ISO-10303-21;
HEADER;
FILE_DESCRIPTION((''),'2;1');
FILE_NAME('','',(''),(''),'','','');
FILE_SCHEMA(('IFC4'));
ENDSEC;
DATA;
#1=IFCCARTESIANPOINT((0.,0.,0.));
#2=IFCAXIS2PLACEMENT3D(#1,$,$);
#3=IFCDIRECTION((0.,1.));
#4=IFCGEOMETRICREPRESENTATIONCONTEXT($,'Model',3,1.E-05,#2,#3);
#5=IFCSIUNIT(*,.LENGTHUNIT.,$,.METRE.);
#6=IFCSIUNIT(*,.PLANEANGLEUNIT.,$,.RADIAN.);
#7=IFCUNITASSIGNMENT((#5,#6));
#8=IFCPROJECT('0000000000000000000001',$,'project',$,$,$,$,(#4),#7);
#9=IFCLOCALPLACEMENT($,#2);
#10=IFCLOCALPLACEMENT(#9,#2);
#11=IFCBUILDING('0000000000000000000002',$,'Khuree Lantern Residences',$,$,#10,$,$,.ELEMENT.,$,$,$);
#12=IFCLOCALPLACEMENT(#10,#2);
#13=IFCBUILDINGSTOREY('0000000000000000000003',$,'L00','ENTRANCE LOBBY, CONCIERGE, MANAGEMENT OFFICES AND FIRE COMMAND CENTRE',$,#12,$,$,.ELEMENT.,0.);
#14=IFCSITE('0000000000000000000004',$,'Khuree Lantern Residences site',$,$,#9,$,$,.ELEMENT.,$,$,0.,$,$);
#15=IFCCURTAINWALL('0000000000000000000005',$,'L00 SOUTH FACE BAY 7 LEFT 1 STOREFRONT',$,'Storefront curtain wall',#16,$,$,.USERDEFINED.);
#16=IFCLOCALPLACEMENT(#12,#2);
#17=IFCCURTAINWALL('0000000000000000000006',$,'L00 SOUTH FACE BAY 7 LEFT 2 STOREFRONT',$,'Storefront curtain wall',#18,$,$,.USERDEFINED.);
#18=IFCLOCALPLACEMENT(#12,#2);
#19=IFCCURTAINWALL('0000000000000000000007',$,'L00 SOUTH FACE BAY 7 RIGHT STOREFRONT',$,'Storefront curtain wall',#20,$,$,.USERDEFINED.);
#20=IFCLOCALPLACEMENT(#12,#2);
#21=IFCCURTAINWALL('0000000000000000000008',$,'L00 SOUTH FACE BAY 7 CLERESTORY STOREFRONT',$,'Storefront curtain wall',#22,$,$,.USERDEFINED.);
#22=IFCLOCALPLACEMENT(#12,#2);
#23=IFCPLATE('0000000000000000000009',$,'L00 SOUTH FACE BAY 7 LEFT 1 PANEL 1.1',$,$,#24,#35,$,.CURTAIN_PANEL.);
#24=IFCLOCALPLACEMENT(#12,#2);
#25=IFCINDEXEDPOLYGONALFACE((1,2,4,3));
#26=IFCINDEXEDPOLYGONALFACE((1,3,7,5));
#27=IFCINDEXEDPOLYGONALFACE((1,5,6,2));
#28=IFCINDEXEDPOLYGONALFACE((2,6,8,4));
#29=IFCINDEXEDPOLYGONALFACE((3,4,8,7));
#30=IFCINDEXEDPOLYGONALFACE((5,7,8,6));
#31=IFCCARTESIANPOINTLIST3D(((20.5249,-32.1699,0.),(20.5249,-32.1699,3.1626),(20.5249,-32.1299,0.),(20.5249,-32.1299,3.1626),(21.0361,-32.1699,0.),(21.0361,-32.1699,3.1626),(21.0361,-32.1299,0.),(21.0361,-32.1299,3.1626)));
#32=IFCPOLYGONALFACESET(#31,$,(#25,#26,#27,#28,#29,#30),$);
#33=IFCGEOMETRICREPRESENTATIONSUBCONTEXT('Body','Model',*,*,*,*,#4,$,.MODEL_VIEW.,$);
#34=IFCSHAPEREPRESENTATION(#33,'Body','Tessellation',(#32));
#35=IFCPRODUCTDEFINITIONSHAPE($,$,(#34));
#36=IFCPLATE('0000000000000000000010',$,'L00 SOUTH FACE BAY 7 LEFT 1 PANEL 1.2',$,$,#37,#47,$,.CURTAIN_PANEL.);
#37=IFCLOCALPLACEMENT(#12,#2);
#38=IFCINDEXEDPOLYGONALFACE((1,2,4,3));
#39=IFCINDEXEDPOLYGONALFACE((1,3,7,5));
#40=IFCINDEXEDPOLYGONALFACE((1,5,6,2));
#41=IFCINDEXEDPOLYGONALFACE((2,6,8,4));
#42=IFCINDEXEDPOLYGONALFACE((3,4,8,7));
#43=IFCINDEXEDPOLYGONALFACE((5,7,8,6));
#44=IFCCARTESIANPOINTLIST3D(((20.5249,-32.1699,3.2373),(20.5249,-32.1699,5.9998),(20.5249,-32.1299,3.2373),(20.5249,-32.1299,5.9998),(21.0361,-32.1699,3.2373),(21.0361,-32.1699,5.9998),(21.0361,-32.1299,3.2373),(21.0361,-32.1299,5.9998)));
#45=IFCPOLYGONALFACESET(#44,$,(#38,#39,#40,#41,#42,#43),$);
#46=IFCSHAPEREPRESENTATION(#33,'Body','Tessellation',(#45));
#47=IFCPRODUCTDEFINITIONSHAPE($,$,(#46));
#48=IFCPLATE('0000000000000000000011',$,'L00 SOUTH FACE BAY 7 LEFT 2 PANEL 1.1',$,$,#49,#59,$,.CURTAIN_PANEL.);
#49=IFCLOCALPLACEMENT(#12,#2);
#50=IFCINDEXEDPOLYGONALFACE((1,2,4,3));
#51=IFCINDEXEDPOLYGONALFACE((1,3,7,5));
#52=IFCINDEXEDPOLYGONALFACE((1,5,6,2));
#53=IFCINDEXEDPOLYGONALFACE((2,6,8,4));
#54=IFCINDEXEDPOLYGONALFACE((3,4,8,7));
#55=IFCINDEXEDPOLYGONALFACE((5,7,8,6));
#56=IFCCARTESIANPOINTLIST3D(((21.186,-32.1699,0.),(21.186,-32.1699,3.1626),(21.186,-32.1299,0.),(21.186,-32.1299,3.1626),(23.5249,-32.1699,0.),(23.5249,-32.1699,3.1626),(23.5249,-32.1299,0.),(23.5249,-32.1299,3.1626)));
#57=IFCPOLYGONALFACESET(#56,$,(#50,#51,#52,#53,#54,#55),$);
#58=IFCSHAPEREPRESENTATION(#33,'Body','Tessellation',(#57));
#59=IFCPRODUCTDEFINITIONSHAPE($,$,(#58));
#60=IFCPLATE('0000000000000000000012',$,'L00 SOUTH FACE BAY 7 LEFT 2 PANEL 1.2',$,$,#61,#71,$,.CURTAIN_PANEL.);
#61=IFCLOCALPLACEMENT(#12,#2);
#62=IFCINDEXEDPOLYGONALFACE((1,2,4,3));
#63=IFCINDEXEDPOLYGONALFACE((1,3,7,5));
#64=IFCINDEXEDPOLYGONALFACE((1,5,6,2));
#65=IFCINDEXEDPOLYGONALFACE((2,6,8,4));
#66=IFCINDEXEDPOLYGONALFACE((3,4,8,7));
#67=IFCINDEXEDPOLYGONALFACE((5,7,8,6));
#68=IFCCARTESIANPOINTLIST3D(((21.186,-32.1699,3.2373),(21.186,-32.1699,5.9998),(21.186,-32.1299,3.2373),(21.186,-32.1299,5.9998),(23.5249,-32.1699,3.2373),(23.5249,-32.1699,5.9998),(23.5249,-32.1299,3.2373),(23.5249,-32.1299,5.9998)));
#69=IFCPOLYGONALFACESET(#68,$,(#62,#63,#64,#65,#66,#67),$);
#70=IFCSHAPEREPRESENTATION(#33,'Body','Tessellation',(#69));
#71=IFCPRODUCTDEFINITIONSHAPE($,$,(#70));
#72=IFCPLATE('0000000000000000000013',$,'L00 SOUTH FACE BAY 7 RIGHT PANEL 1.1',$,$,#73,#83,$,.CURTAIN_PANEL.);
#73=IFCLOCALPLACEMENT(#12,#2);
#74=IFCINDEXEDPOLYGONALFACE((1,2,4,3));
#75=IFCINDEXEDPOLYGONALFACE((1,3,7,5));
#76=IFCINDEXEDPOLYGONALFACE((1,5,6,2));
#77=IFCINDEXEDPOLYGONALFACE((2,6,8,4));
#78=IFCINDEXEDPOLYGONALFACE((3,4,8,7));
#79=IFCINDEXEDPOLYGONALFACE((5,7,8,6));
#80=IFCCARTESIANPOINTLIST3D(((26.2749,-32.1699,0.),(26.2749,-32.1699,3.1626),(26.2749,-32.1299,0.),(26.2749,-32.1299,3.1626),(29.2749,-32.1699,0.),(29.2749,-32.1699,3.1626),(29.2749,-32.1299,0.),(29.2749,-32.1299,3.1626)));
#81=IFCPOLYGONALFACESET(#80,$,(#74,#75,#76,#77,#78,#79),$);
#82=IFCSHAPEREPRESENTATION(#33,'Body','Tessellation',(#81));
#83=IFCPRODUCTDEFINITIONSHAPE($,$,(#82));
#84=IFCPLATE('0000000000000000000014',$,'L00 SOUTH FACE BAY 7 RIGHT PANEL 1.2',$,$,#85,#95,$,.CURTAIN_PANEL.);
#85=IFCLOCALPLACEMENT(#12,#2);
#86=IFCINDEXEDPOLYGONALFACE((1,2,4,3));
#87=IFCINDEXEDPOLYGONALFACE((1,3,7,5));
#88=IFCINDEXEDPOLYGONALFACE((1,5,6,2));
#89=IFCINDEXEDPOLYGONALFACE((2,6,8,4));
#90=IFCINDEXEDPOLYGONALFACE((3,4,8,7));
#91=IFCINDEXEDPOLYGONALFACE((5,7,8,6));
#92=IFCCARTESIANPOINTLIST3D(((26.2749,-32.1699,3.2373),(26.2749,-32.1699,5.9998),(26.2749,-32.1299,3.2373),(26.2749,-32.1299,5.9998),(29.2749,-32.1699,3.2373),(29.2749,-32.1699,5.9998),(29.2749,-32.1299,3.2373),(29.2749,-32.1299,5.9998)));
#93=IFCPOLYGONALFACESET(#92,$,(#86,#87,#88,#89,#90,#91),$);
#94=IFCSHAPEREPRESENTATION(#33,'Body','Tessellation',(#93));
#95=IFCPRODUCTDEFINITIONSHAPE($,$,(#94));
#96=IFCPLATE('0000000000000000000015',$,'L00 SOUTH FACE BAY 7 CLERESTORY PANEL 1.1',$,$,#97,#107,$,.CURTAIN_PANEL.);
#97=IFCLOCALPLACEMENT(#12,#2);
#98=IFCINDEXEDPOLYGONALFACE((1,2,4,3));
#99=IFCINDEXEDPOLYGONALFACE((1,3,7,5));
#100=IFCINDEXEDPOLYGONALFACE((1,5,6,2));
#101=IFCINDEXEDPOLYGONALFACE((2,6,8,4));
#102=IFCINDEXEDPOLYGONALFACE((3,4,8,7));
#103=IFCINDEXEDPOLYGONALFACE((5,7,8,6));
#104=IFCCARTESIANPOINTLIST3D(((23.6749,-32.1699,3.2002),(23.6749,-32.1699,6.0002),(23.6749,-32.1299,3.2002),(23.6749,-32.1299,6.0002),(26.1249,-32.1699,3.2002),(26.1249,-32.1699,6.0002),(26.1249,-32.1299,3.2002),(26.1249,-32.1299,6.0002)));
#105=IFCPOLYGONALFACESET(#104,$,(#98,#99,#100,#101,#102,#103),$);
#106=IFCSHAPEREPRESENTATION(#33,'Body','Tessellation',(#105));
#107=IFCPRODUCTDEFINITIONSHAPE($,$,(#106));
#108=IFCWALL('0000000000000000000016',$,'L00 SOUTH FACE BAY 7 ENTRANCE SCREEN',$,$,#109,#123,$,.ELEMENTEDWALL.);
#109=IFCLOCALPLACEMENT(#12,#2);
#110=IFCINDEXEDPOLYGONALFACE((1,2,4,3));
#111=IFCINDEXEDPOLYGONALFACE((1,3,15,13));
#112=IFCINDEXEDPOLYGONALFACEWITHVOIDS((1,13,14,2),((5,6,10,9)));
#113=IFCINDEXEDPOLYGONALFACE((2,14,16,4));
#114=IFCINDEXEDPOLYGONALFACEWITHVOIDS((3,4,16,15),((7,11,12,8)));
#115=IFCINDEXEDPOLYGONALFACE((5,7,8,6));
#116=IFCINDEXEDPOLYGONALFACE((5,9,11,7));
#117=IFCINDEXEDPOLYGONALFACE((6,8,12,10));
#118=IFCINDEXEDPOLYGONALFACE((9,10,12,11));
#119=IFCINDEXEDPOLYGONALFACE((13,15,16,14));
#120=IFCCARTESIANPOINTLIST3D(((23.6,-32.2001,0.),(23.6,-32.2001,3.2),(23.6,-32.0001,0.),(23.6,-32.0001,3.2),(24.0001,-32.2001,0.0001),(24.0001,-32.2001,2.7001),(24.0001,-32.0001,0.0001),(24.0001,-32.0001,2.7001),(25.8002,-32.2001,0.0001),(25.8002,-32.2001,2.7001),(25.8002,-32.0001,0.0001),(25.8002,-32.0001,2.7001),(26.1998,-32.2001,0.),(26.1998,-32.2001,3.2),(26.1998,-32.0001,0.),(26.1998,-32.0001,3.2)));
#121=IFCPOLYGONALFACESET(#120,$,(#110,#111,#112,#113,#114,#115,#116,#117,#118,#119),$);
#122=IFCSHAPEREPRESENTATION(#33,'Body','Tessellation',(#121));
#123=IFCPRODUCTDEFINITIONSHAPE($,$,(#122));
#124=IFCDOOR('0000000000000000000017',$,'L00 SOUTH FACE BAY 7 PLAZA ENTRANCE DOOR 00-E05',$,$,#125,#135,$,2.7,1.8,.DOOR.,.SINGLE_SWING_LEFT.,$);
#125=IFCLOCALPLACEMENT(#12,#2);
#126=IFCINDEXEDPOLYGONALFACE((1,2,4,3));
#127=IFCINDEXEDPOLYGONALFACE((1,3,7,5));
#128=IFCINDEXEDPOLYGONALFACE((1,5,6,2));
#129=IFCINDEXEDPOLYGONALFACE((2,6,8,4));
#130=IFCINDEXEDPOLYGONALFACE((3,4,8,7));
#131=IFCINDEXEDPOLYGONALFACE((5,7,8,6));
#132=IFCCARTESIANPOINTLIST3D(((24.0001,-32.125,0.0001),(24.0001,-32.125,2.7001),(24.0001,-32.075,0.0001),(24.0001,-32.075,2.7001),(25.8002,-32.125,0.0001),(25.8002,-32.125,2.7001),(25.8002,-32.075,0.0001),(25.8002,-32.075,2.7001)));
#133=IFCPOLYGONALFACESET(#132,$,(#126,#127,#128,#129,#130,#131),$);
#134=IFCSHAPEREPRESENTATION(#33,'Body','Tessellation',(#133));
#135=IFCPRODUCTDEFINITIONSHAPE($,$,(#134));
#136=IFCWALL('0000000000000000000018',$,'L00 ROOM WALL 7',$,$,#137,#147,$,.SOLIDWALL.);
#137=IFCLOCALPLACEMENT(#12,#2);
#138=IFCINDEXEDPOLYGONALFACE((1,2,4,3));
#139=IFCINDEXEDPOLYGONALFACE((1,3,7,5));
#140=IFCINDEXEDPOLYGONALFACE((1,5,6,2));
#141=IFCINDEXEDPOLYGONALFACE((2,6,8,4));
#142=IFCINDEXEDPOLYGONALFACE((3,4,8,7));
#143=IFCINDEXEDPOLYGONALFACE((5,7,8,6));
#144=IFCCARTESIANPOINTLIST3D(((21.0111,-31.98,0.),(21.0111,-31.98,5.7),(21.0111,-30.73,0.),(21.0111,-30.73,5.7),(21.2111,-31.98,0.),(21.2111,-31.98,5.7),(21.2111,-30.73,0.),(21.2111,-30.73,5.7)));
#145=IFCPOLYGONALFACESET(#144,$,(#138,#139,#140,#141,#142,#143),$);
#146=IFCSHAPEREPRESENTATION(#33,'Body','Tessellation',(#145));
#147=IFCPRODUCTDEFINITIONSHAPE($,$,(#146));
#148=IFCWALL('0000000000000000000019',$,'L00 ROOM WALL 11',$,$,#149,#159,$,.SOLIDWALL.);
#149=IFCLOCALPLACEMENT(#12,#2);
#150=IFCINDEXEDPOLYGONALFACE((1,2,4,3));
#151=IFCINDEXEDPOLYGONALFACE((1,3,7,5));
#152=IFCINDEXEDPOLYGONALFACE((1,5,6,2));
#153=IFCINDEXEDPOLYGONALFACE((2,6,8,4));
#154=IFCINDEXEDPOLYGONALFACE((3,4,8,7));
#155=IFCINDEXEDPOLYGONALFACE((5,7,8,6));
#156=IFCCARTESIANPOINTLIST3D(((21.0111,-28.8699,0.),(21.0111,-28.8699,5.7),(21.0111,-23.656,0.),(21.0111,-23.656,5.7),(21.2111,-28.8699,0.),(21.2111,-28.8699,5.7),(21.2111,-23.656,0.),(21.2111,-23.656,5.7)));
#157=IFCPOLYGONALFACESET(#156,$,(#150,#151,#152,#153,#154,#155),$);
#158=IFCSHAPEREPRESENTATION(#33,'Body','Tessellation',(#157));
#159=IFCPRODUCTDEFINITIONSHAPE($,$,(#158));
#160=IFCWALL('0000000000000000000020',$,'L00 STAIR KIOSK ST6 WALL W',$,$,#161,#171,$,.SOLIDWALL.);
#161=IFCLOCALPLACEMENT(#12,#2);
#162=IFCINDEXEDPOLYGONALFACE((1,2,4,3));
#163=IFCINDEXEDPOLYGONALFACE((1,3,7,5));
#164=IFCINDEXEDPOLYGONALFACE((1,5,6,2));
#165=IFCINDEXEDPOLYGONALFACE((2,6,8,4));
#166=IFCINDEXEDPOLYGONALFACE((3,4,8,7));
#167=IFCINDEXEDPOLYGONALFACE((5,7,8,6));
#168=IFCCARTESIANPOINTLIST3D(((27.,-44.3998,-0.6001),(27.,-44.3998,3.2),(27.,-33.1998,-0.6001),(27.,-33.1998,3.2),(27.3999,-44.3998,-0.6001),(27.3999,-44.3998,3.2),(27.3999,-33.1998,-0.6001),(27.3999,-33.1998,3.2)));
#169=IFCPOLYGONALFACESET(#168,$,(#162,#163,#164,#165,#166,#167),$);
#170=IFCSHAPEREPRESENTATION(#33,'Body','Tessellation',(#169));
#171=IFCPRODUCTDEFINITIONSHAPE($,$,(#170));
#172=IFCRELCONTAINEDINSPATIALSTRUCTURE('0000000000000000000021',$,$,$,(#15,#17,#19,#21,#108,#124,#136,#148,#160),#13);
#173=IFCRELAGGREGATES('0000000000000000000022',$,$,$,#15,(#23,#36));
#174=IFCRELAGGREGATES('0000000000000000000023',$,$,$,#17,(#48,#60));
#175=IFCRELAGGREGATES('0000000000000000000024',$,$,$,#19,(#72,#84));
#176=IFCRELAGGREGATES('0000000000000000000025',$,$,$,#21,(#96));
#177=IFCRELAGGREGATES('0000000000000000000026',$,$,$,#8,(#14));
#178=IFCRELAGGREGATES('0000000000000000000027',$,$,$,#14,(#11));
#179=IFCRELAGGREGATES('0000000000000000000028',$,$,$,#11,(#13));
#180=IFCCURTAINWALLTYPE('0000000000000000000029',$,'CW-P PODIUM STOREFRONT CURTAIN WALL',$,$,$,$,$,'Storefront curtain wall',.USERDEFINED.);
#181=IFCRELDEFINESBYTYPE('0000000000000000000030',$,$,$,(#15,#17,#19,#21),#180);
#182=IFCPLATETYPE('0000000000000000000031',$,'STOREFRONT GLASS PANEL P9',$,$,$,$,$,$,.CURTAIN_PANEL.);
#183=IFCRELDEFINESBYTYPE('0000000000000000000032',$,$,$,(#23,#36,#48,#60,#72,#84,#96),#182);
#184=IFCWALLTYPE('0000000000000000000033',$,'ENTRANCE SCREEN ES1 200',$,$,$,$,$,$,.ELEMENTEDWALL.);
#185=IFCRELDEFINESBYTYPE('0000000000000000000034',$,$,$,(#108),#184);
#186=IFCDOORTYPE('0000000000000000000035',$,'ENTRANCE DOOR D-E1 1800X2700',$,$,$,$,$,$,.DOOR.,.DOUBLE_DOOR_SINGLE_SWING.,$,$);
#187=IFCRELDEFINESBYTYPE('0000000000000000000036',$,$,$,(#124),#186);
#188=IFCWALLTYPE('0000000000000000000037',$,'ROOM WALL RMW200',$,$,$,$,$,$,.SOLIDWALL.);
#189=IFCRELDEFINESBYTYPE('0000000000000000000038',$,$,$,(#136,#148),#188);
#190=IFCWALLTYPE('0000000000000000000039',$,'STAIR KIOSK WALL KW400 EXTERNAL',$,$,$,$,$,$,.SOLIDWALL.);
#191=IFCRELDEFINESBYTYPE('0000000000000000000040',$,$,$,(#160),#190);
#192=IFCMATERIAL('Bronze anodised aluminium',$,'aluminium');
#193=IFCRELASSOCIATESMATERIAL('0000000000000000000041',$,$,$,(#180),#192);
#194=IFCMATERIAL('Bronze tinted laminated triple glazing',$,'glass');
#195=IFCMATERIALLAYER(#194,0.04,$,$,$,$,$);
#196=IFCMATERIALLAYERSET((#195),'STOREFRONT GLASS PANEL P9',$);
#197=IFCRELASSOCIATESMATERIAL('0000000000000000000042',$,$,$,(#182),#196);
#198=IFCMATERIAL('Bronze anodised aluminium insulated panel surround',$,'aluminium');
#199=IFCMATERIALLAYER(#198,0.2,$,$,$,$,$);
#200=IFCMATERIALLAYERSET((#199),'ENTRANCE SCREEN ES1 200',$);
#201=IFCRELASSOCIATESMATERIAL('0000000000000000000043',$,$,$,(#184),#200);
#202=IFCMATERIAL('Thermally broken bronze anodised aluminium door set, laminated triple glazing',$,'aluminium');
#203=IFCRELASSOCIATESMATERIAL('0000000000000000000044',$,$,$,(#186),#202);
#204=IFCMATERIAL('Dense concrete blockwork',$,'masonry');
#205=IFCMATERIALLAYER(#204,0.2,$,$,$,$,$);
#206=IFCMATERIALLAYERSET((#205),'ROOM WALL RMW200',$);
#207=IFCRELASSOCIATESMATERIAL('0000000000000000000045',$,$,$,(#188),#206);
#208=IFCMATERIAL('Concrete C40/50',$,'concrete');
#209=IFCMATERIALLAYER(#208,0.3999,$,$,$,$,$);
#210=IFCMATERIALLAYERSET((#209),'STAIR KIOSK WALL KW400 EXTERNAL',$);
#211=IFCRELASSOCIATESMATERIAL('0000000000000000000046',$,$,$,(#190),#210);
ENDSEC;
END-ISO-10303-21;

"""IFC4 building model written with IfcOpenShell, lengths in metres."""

from ifc_helpers import new_model, si_unit, direction, frame, frame_2d, origin, origin_2d, place, context, subcontext, project, spatial, rectangle, extrude, material, layer, layer_set, type_object, element, fill, aggregate, save


model = new_model("IFC4")

# Units and contexts
model_context = context("Model", 3, precision=1e-05, world=origin(), true_north=direction((0.0, 1.0)))
body_context = subcontext(model_context, "Body", "Model", "MODEL_VIEW")
ifc_project = project(units=[si_unit("LENGTHUNIT", "METRE"), si_unit("PLANEANGLEUNIT", "RADIAN")], contexts=[model_context])

# Site, building, storey
site_placement = place(None, origin())
site = spatial("IfcSite", under=ifc_project, at=site_placement, Name="Khuree Lantern Residences site", CompositionType="ELEMENT", RefElevation=0.0)
building_placement = place(site_placement, origin())
building = spatial("IfcBuilding", under=site, at=building_placement, Name="Khuree Lantern Residences", CompositionType="ELEMENT")
storey_placement = place(building_placement, origin())
storey = spatial("IfcBuildingStorey", under=building, at=storey_placement, Name="L00", Description="ENTRANCE LOBBY, CONCIERGE, MANAGEMENT OFFICES AND FIRE COMMAND CENTRE", CompositionType="ELEMENT", Elevation=0.0)

# Curtain walls
ifc_material_1 = material(Name="Bronze anodised aluminium", Category="aluminium")
curtain_wall_type = type_object("IfcCurtainWallType", Name="CW-P PODIUM STOREFRONT CURTAIN WALL", ElementType="Storefront curtain wall", PredefinedType="USERDEFINED", material=ifc_material_1)
curtain_wall_1_placement = place(storey_placement, origin())
curtain_wall_1 = element("IfcCurtainWall", 1, at=curtain_wall_1_placement, inside=storey, type_object=curtain_wall_type, Name="L00 SOUTH FACE BAY 7 LEFT 1 STOREFRONT", ObjectType="Storefront curtain wall", PredefinedType="USERDEFINED")
curtain_wall_2_placement = place(storey_placement, origin())
curtain_wall_2 = element("IfcCurtainWall", 2, at=curtain_wall_2_placement, inside=storey, type_object=curtain_wall_type, Name="L00 SOUTH FACE BAY 7 LEFT 2 STOREFRONT", ObjectType="Storefront curtain wall", PredefinedType="USERDEFINED")
curtain_wall_3_placement = place(storey_placement, origin())
curtain_wall_3 = element("IfcCurtainWall", 3, at=curtain_wall_3_placement, inside=storey, type_object=curtain_wall_type, Name="L00 SOUTH FACE BAY 7 RIGHT STOREFRONT", ObjectType="Storefront curtain wall", PredefinedType="USERDEFINED")
curtain_wall_4_placement = place(storey_placement, origin())
curtain_wall_4 = element("IfcCurtainWall", 4, at=curtain_wall_4_placement, inside=storey, type_object=curtain_wall_type, Name="L00 SOUTH FACE BAY 7 CLERESTORY STOREFRONT", ObjectType="Storefront curtain wall", PredefinedType="USERDEFINED")

# Plates
ifc_material_2 = material(Name="Bronze tinted laminated triple glazing", Category="glass")
ifc_layer_1 = layer(ifc_material_2, 0.04)
ifc_layer_set_1 = layer_set([ifc_layer_1], Name="STOREFRONT GLASS PANEL P9")
plate_type = type_object("IfcPlateType", Name="STOREFRONT GLASS PANEL P9", PredefinedType="CURTAIN_PANEL", material=ifc_layer_set_1)
plate_1_placement = place(storey_placement, frame((20.7805, -32.1499, 0.0), z_axis=(0.0, 0.0, 1.0), x_axis=(1.0, 0.0, 0.0)))
plate_1 = element("IfcPlate", 5, at=plate_1_placement, type_object=plate_type, Name="L00 SOUTH FACE BAY 7 LEFT 1 PANEL 1.1", PredefinedType="CURTAIN_PANEL", context=body_context, shape_type="SweptSolid", body=[
    extrude(rectangle(XDim=0.5112, YDim=0.04, at=origin_2d()), origin(), (0.0, 0.0, 1.0), 3.1626),
])
plate_2_placement = place(storey_placement, frame((20.7805, -32.1499, 3.2373), z_axis=(0.0, 0.0, 1.0), x_axis=(1.0, 0.0, 0.0)))
plate_2 = element("IfcPlate", 6, at=plate_2_placement, type_object=plate_type, Name="L00 SOUTH FACE BAY 7 LEFT 1 PANEL 1.2", PredefinedType="CURTAIN_PANEL", context=body_context, shape_type="SweptSolid", body=[
    extrude(rectangle(XDim=0.5112, YDim=0.04, at=origin_2d()), origin(), (0.0, 0.0, 1.0), 2.7625),
])
aggregate(curtain_wall_1, [plate_1, plate_2])
plate_3_placement = place(storey_placement, frame((22.3555, -32.1499, 0.0), z_axis=(0.0, 0.0, 1.0), x_axis=(1.0, 0.0, 0.0)))
plate_3 = element("IfcPlate", 7, at=plate_3_placement, type_object=plate_type, Name="L00 SOUTH FACE BAY 7 LEFT 2 PANEL 1.1", PredefinedType="CURTAIN_PANEL", context=body_context, shape_type="SweptSolid", body=[
    extrude(rectangle(XDim=2.3389, YDim=0.04, at=origin_2d()), origin(), (0.0, 0.0, 1.0), 3.1626),
])
plate_4_placement = place(storey_placement, frame((22.3555, -32.1499, 3.2373), z_axis=(0.0, 0.0, 1.0), x_axis=(1.0, 0.0, 0.0)))
plate_4 = element("IfcPlate", 8, at=plate_4_placement, type_object=plate_type, Name="L00 SOUTH FACE BAY 7 LEFT 2 PANEL 1.2", PredefinedType="CURTAIN_PANEL", context=body_context, shape_type="SweptSolid", body=[
    extrude(rectangle(XDim=2.3389, YDim=0.04, at=origin_2d()), origin(), (0.0, 0.0, 1.0), 2.7625),
])
aggregate(curtain_wall_2, [plate_3, plate_4])
plate_5_placement = place(storey_placement, frame((27.7749, -32.1499, 0.0), z_axis=(0.0, 0.0, 1.0), x_axis=(1.0, 0.0, 0.0)))
plate_5 = element("IfcPlate", 9, at=plate_5_placement, type_object=plate_type, Name="L00 SOUTH FACE BAY 7 RIGHT PANEL 1.1", PredefinedType="CURTAIN_PANEL", context=body_context, shape_type="SweptSolid", body=[
    extrude(rectangle(XDim=3.0, YDim=0.04, at=origin_2d()), origin(), (0.0, 0.0, 1.0), 3.1626),
])
plate_6_placement = place(storey_placement, frame((27.7749, -32.1499, 3.2373), z_axis=(0.0, 0.0, 1.0), x_axis=(1.0, 0.0, 0.0)))
plate_6 = element("IfcPlate", 10, at=plate_6_placement, type_object=plate_type, Name="L00 SOUTH FACE BAY 7 RIGHT PANEL 1.2", PredefinedType="CURTAIN_PANEL", context=body_context, shape_type="SweptSolid", body=[
    extrude(rectangle(XDim=3.0, YDim=0.04, at=origin_2d()), origin(), (0.0, 0.0, 1.0), 2.7625),
])
aggregate(curtain_wall_3, [plate_5, plate_6])
plate_7_placement = place(storey_placement, frame((24.8999, -32.1499, 3.2002), z_axis=(0.0, 0.0, 1.0), x_axis=(1.0, 0.0, 0.0)))
plate_7 = element("IfcPlate", 11, at=plate_7_placement, type_object=plate_type, Name="L00 SOUTH FACE BAY 7 CLERESTORY PANEL 1.1", PredefinedType="CURTAIN_PANEL", context=body_context, shape_type="SweptSolid", body=[
    extrude(rectangle(XDim=2.45, YDim=0.04, at=origin_2d()), origin(), (0.0, 0.0, 1.0), 2.8),
])
aggregate(curtain_wall_4, [plate_7])

# Wall, opening, door
ifc_material_3 = material(Name="Bronze anodised aluminium insulated panel surround", Category="aluminium")
ifc_layer_2 = layer(ifc_material_3, 0.2)
ifc_layer_set_2 = layer_set([ifc_layer_2], Name="ENTRANCE SCREEN ES1 200")
wall_type_1 = type_object("IfcWallType", Name="ENTRANCE SCREEN ES1 200", PredefinedType="ELEMENTEDWALL", material=ifc_layer_set_2)
wall_1_placement = place(storey_placement, frame((23.6001, -32.1001, 0.0), z_axis=(0.0, 0.0, 1.0), x_axis=(1.0, 0.0, 0.0)))
wall_1 = element("IfcWall", 12, at=wall_1_placement, inside=storey, type_object=wall_type_1, Name="L00 SOUTH FACE BAY 7 ENTRANCE SCREEN", PredefinedType="ELEMENTEDWALL", context=body_context, shape_type="SweptSolid", body=[
    extrude(rectangle(XDim=2.5999, YDim=0.2, at=frame_2d((1.2998, 0.0))), origin(), (0.0, 0.0, 1.0), 3.2),
])
opening_1_placement = place(wall_1_placement, frame((2.2, 0.0, 0.0), z_axis=(0.0, 0.0, 1.0), x_axis=(-1.0, 0.0, 0.0)))
opening_1 = element("IfcOpeningElement", 13, at=opening_1_placement, cuts=wall_1, PredefinedType="OPENING", context=body_context, shape_type="SweptSolid", body=[
    extrude(rectangle(XDim=1.8, YDim=2.7, at=frame_2d((0.8999, 1.3501))), frame((0.0, 0.1099, 0.0), z_axis=(0.0, -1.0, 0.0), x_axis=(1.0, 0.0, 0.0)), (0.0, 0.0, 1.0), 0.22),
])
ifc_material_4 = material(Name="Thermally broken bronze anodised aluminium door set, laminated triple glazing", Category="aluminium")
door_type_1 = type_object("IfcDoorType", Name="ENTRANCE DOOR D-E1 1800X2700", OperationType="DOUBLE_DOOR_SINGLE_SWING", PredefinedType="DOOR", material=ifc_material_4)
door_1_placement = place(opening_1_placement, origin())
door_1 = element("IfcDoor", 14, at=door_1_placement, inside=storey, type_object=door_type_1, Name="L00 SOUTH FACE BAY 7 PLAZA ENTRANCE DOOR 00-E05", OperationType="SINGLE_SWING_LEFT", OverallHeight=2.7, OverallWidth=1.8, PredefinedType="DOOR", context=body_context, shape_type="SweptSolid", body=[
    extrude(rectangle(XDim=1.8, YDim=2.7, at=frame_2d((0.8999, 1.3501))), frame((0.0, 0.0249, 0.0), z_axis=(0.0, -1.0, 0.0), x_axis=(1.0, 0.0, 0.0)), (0.0, 0.0, 1.0), 0.05),
])
fill(opening_1, door_1)

# Walls
ifc_material_5 = material(Name="Dense concrete blockwork", Category="masonry")
ifc_layer_3 = layer(ifc_material_5, 0.2)
ifc_layer_set_3 = layer_set([ifc_layer_3], Name="ROOM WALL RMW200")
wall_type_2 = type_object("IfcWallType", Name="ROOM WALL RMW200", PredefinedType="SOLIDWALL", material=ifc_layer_set_3)
wall_2_placement = place(storey_placement, frame((21.1111, -31.98, 0.0), z_axis=(0.0, 0.0, 1.0), x_axis=(0.0, 1.0, 0.0)))
element("IfcWall", 15, at=wall_2_placement, inside=storey, type_object=wall_type_2, Name="L00 ROOM WALL 7", PredefinedType="SOLIDWALL", context=body_context, shape_type="SweptSolid", body=[
    extrude(rectangle(XDim=1.25, YDim=0.2, at=frame_2d((0.625, 0.0))), origin(), (0.0, 0.0, 1.0), 5.7),
])
wall_3_placement = place(storey_placement, frame((21.1111, -28.8699, 0.0), z_axis=(0.0, 0.0, 1.0), x_axis=(0.0, 1.0, 0.0)))
element("IfcWall", 16, at=wall_3_placement, inside=storey, type_object=wall_type_2, Name="L00 ROOM WALL 11", PredefinedType="SOLIDWALL", context=body_context, shape_type="SweptSolid", body=[
    extrude(rectangle(XDim=5.2139, YDim=0.2, at=frame_2d((2.6069, 0.0))), origin(), (0.0, 0.0, 1.0), 5.7),
])
ifc_material_6 = material(Name="Concrete C40/50", Category="concrete")
ifc_layer_4 = layer(ifc_material_6, 0.3999)
ifc_layer_set_4 = layer_set([ifc_layer_4], Name="STAIR KIOSK WALL KW400 EXTERNAL")
wall_type_3 = type_object("IfcWallType", Name="STAIR KIOSK WALL KW400 EXTERNAL", PredefinedType="SOLIDWALL", material=ifc_layer_set_4)
wall_4_placement = place(storey_placement, frame((27.2, -44.3999, -0.6001), z_axis=(0.0, 0.0, 1.0), x_axis=(0.0, 1.0, 0.0)))
element("IfcWall", 17, at=wall_4_placement, inside=storey, type_object=wall_type_3, Name="L00 STAIR KIOSK ST6 WALL W", PredefinedType="SOLIDWALL", context=body_context, shape_type="SweptSolid", body=[
    extrude(rectangle(XDim=11.2, YDim=0.3999, at=frame_2d((5.6001, 0.0))), origin(), (0.0, 0.0, 1.0), 3.8),
])

save(model, "model.ifc")
